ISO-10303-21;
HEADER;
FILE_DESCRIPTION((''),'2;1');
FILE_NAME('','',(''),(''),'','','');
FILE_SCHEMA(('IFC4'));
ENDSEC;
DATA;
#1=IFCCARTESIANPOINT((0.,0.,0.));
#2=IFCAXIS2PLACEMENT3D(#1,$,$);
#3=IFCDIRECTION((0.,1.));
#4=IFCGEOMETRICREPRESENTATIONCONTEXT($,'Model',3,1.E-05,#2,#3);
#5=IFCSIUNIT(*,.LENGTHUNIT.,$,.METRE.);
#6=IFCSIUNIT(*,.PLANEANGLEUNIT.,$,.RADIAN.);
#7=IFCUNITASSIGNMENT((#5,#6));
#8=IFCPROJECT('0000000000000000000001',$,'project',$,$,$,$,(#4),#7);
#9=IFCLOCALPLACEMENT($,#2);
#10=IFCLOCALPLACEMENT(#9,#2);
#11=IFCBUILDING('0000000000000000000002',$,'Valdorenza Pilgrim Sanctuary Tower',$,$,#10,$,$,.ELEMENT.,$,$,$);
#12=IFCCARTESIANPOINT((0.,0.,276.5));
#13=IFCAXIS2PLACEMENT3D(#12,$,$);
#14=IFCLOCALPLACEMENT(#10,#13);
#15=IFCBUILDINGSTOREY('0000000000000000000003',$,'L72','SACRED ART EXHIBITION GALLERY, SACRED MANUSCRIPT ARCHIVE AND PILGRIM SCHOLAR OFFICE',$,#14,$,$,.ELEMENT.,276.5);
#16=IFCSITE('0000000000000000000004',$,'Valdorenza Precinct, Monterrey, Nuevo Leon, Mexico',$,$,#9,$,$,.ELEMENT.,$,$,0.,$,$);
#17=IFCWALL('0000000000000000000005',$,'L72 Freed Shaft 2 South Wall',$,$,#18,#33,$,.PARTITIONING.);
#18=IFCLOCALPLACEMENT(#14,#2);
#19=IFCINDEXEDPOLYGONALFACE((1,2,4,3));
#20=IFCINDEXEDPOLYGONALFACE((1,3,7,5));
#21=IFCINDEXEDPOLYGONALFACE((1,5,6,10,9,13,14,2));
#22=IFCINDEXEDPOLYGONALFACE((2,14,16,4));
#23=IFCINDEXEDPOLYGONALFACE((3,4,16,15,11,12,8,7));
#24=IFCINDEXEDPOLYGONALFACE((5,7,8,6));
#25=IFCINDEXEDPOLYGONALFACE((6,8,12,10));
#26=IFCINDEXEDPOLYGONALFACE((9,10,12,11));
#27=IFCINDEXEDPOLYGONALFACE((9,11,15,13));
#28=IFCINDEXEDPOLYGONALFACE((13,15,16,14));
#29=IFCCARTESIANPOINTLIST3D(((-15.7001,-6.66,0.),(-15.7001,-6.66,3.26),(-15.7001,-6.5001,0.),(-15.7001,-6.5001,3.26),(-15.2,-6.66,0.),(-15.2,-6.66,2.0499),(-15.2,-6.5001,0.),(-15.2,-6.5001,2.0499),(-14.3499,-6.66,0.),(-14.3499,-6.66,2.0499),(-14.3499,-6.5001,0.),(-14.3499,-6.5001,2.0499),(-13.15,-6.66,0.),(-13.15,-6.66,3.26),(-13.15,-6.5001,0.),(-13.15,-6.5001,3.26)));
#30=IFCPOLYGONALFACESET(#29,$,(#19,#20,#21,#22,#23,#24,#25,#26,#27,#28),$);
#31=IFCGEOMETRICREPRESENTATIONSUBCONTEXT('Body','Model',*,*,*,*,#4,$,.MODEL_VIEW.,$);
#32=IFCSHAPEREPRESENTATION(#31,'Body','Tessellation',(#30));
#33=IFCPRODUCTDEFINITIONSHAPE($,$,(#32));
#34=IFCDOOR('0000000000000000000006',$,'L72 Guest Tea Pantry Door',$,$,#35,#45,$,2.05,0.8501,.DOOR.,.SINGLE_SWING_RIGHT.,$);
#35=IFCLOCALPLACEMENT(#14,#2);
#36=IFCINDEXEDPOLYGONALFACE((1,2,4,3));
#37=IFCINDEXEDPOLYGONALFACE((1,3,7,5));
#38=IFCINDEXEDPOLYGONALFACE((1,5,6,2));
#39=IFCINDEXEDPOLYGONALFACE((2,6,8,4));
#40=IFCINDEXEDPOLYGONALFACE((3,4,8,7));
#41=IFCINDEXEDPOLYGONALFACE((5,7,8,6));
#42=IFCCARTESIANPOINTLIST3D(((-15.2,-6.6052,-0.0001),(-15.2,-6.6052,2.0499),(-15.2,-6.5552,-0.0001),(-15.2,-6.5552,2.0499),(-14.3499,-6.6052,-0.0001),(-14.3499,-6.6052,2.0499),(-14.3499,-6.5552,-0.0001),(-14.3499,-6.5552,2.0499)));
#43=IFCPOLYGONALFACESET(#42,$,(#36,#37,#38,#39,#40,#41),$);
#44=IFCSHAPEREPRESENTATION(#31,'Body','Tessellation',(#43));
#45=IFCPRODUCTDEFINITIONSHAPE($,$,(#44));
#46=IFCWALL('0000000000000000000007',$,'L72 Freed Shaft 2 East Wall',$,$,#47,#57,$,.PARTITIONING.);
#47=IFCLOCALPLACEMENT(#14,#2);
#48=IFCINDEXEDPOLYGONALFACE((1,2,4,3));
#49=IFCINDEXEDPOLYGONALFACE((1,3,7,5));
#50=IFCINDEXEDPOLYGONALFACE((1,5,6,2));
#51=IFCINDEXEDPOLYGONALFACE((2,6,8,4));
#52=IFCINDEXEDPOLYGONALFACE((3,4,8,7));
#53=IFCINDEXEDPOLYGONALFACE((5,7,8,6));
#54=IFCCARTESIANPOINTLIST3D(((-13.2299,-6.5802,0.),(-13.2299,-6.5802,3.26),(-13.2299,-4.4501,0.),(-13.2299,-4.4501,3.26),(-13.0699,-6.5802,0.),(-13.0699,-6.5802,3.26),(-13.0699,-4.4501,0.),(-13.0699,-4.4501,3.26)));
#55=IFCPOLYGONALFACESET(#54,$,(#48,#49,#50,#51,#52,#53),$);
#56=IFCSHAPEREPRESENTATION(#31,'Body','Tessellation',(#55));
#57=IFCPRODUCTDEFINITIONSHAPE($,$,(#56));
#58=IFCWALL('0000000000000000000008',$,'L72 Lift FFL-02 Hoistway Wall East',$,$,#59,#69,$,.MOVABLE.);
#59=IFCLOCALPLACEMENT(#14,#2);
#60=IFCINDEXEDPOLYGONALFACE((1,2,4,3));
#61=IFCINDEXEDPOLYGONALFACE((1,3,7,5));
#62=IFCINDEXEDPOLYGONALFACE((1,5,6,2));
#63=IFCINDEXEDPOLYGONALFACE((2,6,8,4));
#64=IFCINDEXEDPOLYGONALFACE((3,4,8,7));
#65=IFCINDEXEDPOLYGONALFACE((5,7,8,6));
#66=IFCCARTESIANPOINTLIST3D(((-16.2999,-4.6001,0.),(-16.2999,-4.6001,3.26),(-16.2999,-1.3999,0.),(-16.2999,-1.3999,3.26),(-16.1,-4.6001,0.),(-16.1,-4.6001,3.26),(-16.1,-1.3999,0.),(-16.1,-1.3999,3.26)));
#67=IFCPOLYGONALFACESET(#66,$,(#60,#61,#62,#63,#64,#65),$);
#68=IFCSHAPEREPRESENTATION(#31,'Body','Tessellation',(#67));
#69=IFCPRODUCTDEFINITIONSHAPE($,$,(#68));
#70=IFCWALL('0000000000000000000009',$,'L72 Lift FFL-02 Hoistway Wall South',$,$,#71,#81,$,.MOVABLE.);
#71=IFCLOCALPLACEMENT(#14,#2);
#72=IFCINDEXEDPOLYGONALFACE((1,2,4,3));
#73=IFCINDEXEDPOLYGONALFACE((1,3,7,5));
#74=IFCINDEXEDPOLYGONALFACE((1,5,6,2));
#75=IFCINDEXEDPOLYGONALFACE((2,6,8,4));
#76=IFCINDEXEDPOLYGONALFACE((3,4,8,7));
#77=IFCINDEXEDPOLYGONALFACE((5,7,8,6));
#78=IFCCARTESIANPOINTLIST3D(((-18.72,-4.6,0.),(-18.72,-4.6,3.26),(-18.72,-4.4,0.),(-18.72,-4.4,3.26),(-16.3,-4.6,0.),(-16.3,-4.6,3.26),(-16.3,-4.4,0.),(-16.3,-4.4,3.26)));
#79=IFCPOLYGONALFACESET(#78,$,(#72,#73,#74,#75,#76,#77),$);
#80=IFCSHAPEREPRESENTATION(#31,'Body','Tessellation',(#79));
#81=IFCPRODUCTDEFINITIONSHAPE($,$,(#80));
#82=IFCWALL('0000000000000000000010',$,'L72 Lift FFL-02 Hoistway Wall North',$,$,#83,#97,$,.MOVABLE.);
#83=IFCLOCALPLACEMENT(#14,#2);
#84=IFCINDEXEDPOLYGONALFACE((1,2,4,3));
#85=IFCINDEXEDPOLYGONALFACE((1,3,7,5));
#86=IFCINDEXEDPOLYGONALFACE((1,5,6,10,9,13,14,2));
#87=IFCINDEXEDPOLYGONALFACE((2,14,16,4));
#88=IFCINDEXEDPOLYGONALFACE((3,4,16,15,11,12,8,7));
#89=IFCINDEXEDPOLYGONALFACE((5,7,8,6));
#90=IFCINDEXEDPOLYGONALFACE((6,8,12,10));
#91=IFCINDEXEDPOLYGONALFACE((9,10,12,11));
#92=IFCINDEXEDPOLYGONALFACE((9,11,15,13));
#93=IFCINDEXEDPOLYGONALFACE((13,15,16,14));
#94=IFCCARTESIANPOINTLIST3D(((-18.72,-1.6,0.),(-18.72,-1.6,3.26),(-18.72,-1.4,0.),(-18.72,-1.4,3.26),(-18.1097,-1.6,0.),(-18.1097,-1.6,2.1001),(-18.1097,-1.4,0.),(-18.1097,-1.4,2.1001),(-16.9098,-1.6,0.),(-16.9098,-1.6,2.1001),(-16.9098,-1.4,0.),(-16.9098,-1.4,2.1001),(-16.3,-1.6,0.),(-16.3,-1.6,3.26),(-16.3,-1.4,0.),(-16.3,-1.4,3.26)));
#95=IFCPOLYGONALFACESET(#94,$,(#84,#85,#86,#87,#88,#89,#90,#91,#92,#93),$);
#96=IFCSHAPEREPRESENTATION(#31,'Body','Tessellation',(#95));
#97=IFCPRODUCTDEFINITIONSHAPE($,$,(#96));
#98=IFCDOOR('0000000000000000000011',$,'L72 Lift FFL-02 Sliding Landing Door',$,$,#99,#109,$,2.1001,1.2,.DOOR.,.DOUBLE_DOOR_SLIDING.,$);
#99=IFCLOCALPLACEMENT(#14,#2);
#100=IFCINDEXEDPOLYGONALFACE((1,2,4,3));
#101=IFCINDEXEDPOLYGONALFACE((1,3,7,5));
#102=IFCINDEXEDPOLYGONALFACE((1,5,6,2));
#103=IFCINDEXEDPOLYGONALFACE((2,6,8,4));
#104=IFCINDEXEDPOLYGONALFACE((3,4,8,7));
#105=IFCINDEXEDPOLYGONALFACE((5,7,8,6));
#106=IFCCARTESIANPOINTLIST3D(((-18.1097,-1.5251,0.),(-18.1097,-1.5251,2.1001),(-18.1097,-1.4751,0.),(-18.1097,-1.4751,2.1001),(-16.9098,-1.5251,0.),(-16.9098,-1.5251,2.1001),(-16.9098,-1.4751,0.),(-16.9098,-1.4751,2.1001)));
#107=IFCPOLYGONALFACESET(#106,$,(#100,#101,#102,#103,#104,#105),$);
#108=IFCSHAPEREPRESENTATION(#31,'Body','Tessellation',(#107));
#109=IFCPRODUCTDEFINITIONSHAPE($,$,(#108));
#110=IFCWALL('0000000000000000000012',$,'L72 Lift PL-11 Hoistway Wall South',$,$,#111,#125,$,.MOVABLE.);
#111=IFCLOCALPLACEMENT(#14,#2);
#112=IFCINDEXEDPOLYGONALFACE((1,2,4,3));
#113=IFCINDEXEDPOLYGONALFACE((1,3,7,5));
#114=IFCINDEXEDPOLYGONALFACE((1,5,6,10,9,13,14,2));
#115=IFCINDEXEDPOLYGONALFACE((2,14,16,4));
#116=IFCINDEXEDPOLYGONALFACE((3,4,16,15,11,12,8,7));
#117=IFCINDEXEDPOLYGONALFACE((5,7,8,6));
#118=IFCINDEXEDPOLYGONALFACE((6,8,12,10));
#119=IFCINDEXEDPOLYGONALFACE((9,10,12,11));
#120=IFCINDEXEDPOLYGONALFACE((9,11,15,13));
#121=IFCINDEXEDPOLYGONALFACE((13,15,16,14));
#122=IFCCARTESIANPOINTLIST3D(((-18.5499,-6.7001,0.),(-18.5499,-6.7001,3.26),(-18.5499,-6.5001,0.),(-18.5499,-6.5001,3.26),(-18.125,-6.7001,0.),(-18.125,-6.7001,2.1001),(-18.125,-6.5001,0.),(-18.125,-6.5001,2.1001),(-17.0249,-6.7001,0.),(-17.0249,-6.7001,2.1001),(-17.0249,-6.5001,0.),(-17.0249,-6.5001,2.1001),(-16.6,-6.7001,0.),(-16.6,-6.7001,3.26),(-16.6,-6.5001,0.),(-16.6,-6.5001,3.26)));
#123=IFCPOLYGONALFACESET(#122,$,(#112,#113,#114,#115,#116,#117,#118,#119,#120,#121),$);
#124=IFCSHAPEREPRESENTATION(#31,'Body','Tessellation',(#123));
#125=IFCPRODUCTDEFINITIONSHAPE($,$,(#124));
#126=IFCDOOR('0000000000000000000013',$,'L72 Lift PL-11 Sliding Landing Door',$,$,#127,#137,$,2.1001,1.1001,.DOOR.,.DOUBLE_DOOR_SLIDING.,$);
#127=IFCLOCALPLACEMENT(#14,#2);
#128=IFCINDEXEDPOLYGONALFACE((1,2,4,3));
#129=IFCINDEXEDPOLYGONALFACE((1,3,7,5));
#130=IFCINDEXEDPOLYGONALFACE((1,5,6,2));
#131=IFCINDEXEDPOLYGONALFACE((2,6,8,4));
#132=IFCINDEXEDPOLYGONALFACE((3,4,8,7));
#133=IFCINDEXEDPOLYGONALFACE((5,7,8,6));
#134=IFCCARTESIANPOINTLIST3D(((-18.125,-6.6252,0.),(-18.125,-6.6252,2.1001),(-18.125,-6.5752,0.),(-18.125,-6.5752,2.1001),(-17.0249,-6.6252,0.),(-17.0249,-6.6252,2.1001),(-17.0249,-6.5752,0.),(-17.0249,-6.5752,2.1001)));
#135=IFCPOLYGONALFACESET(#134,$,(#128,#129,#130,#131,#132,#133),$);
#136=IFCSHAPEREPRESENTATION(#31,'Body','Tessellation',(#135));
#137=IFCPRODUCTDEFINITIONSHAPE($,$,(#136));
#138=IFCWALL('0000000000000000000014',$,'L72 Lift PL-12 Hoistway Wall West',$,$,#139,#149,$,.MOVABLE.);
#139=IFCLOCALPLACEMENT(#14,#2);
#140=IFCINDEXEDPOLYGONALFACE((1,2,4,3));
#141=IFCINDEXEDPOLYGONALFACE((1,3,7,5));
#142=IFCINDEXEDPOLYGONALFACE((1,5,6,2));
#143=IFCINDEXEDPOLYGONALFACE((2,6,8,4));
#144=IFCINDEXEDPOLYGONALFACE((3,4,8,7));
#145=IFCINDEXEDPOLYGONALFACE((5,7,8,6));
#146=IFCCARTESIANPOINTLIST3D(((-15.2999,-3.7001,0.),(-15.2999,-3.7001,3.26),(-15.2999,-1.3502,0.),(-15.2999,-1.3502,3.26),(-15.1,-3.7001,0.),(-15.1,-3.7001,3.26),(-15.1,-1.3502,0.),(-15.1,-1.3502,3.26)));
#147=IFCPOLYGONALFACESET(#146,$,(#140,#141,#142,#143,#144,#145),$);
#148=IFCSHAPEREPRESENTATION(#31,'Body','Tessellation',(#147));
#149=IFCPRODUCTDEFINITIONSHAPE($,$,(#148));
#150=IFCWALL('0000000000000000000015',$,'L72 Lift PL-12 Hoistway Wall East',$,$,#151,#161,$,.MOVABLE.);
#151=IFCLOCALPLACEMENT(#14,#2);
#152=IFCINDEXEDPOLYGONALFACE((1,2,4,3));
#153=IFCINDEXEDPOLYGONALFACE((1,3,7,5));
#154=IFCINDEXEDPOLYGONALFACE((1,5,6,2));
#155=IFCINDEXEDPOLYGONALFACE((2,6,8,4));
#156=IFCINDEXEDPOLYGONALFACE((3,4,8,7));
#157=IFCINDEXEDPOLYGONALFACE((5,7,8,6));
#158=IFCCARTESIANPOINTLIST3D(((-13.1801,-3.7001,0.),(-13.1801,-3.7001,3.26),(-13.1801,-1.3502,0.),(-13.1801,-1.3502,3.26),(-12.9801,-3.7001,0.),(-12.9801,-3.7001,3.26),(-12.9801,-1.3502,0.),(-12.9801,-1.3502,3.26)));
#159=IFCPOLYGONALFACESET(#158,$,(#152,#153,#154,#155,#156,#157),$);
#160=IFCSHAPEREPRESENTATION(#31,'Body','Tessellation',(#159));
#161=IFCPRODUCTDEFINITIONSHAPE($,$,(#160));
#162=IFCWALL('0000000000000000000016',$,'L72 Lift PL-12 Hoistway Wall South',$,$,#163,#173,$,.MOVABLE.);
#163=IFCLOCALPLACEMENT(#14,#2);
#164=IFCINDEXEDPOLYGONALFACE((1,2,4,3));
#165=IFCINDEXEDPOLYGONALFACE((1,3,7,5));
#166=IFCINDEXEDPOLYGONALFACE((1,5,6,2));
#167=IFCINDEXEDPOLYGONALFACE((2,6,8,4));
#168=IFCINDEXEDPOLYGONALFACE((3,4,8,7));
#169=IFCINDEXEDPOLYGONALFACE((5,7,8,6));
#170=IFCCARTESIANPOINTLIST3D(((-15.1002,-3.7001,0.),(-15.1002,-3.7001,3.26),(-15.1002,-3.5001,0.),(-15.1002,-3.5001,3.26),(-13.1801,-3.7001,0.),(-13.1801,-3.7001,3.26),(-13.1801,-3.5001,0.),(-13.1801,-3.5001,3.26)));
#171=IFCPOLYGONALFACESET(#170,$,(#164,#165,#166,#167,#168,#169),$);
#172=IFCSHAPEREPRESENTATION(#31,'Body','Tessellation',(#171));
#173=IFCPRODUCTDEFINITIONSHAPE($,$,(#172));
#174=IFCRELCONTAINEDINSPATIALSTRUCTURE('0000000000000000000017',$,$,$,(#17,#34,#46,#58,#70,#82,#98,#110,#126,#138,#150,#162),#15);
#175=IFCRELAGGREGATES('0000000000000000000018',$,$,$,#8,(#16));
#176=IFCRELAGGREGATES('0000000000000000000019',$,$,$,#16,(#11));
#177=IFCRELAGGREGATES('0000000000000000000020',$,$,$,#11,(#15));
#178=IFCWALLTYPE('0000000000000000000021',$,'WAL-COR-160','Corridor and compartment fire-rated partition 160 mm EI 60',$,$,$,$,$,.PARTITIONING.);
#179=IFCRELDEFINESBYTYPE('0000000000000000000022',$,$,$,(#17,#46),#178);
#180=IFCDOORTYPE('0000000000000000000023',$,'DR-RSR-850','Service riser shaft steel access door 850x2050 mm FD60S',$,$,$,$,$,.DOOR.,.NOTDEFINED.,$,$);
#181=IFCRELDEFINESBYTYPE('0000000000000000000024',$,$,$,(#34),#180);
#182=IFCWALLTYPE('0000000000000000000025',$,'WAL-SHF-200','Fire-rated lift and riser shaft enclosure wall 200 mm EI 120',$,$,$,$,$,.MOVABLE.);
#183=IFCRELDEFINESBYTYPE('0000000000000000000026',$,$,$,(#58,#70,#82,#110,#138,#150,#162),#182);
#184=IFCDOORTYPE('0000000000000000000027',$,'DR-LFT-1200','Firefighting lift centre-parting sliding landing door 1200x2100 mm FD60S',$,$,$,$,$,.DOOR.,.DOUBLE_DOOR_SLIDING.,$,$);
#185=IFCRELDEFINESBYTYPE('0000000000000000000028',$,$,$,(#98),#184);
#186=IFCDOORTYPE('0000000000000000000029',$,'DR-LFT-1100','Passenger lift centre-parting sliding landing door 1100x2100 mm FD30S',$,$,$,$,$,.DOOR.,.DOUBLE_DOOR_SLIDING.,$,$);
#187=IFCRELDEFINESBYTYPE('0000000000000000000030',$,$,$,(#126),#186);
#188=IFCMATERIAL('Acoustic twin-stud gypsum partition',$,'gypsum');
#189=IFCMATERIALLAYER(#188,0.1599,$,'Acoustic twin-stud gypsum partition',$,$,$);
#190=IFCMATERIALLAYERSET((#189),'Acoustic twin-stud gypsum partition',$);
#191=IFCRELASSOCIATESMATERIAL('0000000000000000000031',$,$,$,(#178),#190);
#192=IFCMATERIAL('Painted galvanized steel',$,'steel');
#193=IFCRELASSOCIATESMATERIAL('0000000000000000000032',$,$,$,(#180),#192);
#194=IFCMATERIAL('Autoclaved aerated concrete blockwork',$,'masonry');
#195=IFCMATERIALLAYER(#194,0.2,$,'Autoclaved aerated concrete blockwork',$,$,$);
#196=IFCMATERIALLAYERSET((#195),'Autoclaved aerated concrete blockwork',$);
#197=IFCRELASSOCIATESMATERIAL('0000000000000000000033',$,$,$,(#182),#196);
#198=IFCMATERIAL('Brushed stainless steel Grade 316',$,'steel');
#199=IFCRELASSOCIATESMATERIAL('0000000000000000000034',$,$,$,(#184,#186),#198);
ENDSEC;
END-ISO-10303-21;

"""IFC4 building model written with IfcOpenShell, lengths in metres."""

from ifc_helpers import new_model, si_unit, direction, frame, frame_2d, origin, place, context, subcontext, project, spatial, rectangle, extrude, material, layer, layer_set, type_object, element, fill, save


model = new_model("IFC4")

# Units and contexts
model_context = context("Model", 3, precision=1e-05, world=origin(), true_north=direction((0.0, 1.0)))
body_context = subcontext(model_context, "Body", "Model", "MODEL_VIEW")
ifc_project = project(units=[si_unit("LENGTHUNIT", "METRE"), si_unit("PLANEANGLEUNIT", "RADIAN")], contexts=[model_context])

# Site, building, storey
site_placement = place(None, origin())
site = spatial("IfcSite", under=ifc_project, at=site_placement, Name="Valdorenza Precinct, Monterrey, Nuevo Leon, Mexico", CompositionType="ELEMENT", RefElevation=0.0)
building_placement = place(site_placement, origin())
building = spatial("IfcBuilding", under=site, at=building_placement, Name="Valdorenza Pilgrim Sanctuary Tower", CompositionType="ELEMENT")
storey_placement = place(building_placement, frame((0.0, 0.0, 276.5)))
storey = spatial("IfcBuildingStorey", under=building, at=storey_placement, Name="L72", Description="SACRED ART EXHIBITION GALLERY, SACRED MANUSCRIPT ARCHIVE AND PILGRIM SCHOLAR OFFICE", CompositionType="ELEMENT", Elevation=276.5)

# Wall, opening, door
ifc_material_1 = material(Name="Acoustic twin-stud gypsum partition", Category="gypsum")
ifc_layer_1 = layer(ifc_material_1, 0.1599, Name="Acoustic twin-stud gypsum partition")
ifc_layer_set_1 = layer_set([ifc_layer_1], Name="Acoustic twin-stud gypsum partition")
wall_type_1 = type_object("IfcWallType", Name="WAL-COR-160", Description="Corridor and compartment fire-rated partition 160 mm EI 60", PredefinedType="PARTITIONING", material=ifc_layer_set_1)
wall_1_placement = place(storey_placement, frame((-15.7, -6.5801, 0.0), z_axis=(0.0, 0.0, 1.0), x_axis=(1.0, 0.0, 0.0)))
wall_1 = element("IfcWall", 1, at=wall_1_placement, inside=storey, type_object=wall_type_1, Name="L72 Freed Shaft 2 South Wall", PredefinedType="PARTITIONING", context=body_context, shape_type="SweptSolid", body=[
    extrude(rectangle(XDim=2.55, YDim=0.1599, at=frame_2d((1.2749, 0.0))), origin(), (0.0, 0.0, 1.0), 3.26),
])
opening_1_placement = place(wall_1_placement, frame((0.5, 0.0, 0.0)))
opening_1 = element("IfcOpeningElement", 2, at=opening_1_placement, cuts=wall_1, PredefinedType="OPENING", context=body_context, shape_type="SweptSolid", body=[
    extrude(rectangle(XDim=0.8501, YDim=2.05, at=frame_2d((0.425, 1.0249))), frame((0.0, 0.0947, 0.0), z_axis=(0.0, -1.0, 0.0), x_axis=(1.0, 0.0, 0.0)), (0.0, 0.0, 1.0), 0.1897),
])
ifc_material_2 = material(Name="Painted galvanized steel", Category="steel")
door_type_1 = type_object("IfcDoorType", Name="DR-RSR-850", Description="Service riser shaft steel access door 850x2050 mm FD60S", OperationType="NOTDEFINED", PredefinedType="DOOR", material=ifc_material_2)
door_1_placement = place(opening_1_placement, origin())
door_1 = element("IfcDoor", 3, at=door_1_placement, inside=storey, type_object=door_type_1, Name="L72 Guest Tea Pantry Door", OperationType="SINGLE_SWING_RIGHT", OverallHeight=2.05, OverallWidth=0.8501, PredefinedType="DOOR", context=body_context, shape_type="SweptSolid", body=[
    extrude(rectangle(XDim=0.8501, YDim=2.05, at=frame_2d((0.425, 1.0249))), frame((0.0, 0.0249, 0.0), z_axis=(0.0, -1.0, 0.0), x_axis=(1.0, 0.0, 0.0)), (0.0, 0.0, 1.0), 0.05),
])
fill(opening_1, door_1)

# Wall
wall_2_placement = place(storey_placement, frame((-13.1499, -6.5801, 0.0), z_axis=(0.0, 0.0, 1.0), x_axis=(0.0, 1.0, 0.0)))
element("IfcWall", 4, at=wall_2_placement, inside=storey, type_object=wall_type_1, Name="L72 Freed Shaft 2 East Wall", PredefinedType="PARTITIONING", context=body_context, shape_type="SweptSolid", body=[
    extrude(rectangle(XDim=2.1301, YDim=0.1599, at=frame_2d((1.0649, 0.0))), origin(), (0.0, 0.0, 1.0), 3.26),
])

# Walls
ifc_material_3 = material(Name="Autoclaved aerated concrete blockwork", Category="masonry")
ifc_layer_2 = layer(ifc_material_3, 0.2, Name="Autoclaved aerated concrete blockwork")
ifc_layer_set_2 = layer_set([ifc_layer_2], Name="Autoclaved aerated concrete blockwork")
wall_type_2 = type_object("IfcWallType", Name="WAL-SHF-200", Description="Fire-rated lift and riser shaft enclosure wall 200 mm EI 120", PredefinedType="MOVABLE", material=ifc_layer_set_2)
wall_3_placement = place(storey_placement, frame((-16.2, -4.6001, 0.0), z_axis=(0.0, 0.0, 1.0), x_axis=(0.0, 1.0, 0.0)))
element("IfcWall", 5, at=wall_3_placement, inside=storey, type_object=wall_type_2, Name="L72 Lift FFL-02 Hoistway Wall East", PredefinedType="MOVABLE", context=body_context, shape_type="SweptSolid", body=[
    extrude(rectangle(XDim=3.2002, YDim=0.2, at=frame_2d((1.6001, 0.0))), origin(), (0.0, 0.0, 1.0), 3.26),
])
wall_4_placement = place(storey_placement, frame((-18.72, -4.5, 0.0), z_axis=(0.0, 0.0, 1.0), x_axis=(1.0, 0.0, 0.0)))
element("IfcWall", 6, at=wall_4_placement, inside=storey, type_object=wall_type_2, Name="L72 Lift FFL-02 Hoistway Wall South", PredefinedType="MOVABLE", context=body_context, shape_type="SweptSolid", body=[
    extrude(rectangle(XDim=2.4199, YDim=0.2, at=frame_2d((1.21, 0.0))), origin(), (0.0, 0.0, 1.0), 3.26),
])

# Walls, openings, doors
wall_5_placement = place(storey_placement, frame((-18.72, -1.5, 0.0), z_axis=(0.0, 0.0, 1.0), x_axis=(1.0, 0.0, 0.0)))
wall_5 = element("IfcWall", 7, at=wall_5_placement, inside=storey, type_object=wall_type_2, Name="L72 Lift FFL-02 Hoistway Wall North", PredefinedType="MOVABLE", context=body_context, shape_type="SweptSolid", body=[
    extrude(rectangle(XDim=2.4199, YDim=0.2, at=frame_2d((1.21, 0.0))), origin(), (0.0, 0.0, 1.0), 3.26),
])
opening_2_placement = place(wall_5_placement, frame((0.6101, 0.0, 0.0)))
opening_2 = element("IfcOpeningElement", 8, at=opening_2_placement, cuts=wall_5, PredefinedType="OPENING", context=body_context, shape_type="SweptSolid", body=[
    extrude(rectangle(XDim=1.2, YDim=2.1001, at=frame_2d((0.6001, 1.05))), frame((0.0, 0.1147, 0.0), z_axis=(0.0, -1.0, 0.0), x_axis=(1.0, 0.0, 0.0)), (0.0, 0.0, 1.0), 0.2297),
])
ifc_material_4 = material(Name="Brushed stainless steel Grade 316", Category="steel")
door_type_2 = type_object("IfcDoorType", Name="DR-LFT-1200", Description="Firefighting lift centre-parting sliding landing door 1200x2100 mm FD60S", OperationType="DOUBLE_DOOR_SLIDING", PredefinedType="DOOR", material=ifc_material_4)
door_2_placement = place(opening_2_placement, origin())
door_2 = element("IfcDoor", 9, at=door_2_placement, inside=storey, type_object=door_type_2, Name="L72 Lift FFL-02 Sliding Landing Door", OperationType="DOUBLE_DOOR_SLIDING", OverallHeight=2.1001, OverallWidth=1.2, PredefinedType="DOOR", context=body_context, shape_type="SweptSolid", body=[
    extrude(rectangle(XDim=1.2, YDim=2.1001, at=frame_2d((0.6001, 1.05))), frame((0.0, 0.0249, 0.0), z_axis=(0.0, -1.0, 0.0), x_axis=(1.0, 0.0, 0.0)), (0.0, 0.0, 1.0), 0.05),
])
fill(opening_2, door_2)
wall_6_placement = place(storey_placement, frame((-18.55, -6.6001, 0.0), z_axis=(0.0, 0.0, 1.0), x_axis=(1.0, 0.0, 0.0)))
wall_6 = element("IfcWall", 10, at=wall_6_placement, inside=storey, type_object=wall_type_2, Name="L72 Lift PL-11 Hoistway Wall South", PredefinedType="MOVABLE", context=body_context, shape_type="SweptSolid", body=[
    extrude(rectangle(XDim=1.95, YDim=0.2, at=frame_2d((0.9751, 0.0))), origin(), (0.0, 0.0, 1.0), 3.26),
])
opening_3_placement = place(wall_6_placement, frame((0.425, 0.0, 0.0)))
opening_3 = element("IfcOpeningElement", 11, at=opening_3_placement, cuts=wall_6, PredefinedType="OPENING", context=body_context, shape_type="SweptSolid", body=[
    extrude(rectangle(XDim=1.1001, YDim=2.1001, at=frame_2d((0.55, 1.05))), frame((0.0, 0.1147, 0.0), z_axis=(0.0, -1.0, 0.0), x_axis=(1.0, 0.0, 0.0)), (0.0, 0.0, 1.0), 0.2297),
])
door_type_3 = type_object("IfcDoorType", Name="DR-LFT-1100", Description="Passenger lift centre-parting sliding landing door 1100x2100 mm FD30S", OperationType="DOUBLE_DOOR_SLIDING", PredefinedType="DOOR", material=ifc_material_4)
door_3_placement = place(opening_3_placement, origin())
door_3 = element("IfcDoor", 12, at=door_3_placement, inside=storey, type_object=door_type_3, Name="L72 Lift PL-11 Sliding Landing Door", OperationType="DOUBLE_DOOR_SLIDING", OverallHeight=2.1001, OverallWidth=1.1001, PredefinedType="DOOR", context=body_context, shape_type="SweptSolid", body=[
    extrude(rectangle(XDim=1.1001, YDim=2.1001, at=frame_2d((0.55, 1.05))), frame((0.0, 0.0249, 0.0), z_axis=(0.0, -1.0, 0.0), x_axis=(1.0, 0.0, 0.0)), (0.0, 0.0, 1.0), 0.05),
])
fill(opening_3, door_3)

# Walls
for number, where, z_axis, x_axis, name in (
    (13, (-15.2, -3.7, 0.0), (0.0, 0.0, 1.0), (0.0, 1.0, 0.0), "L72 Lift PL-12 Hoistway Wall West"),
    (14, (-13.0801, -3.7, 0.0), (0.0, 0.0, 1.0), (0.0, 1.0, 0.0), "L72 Lift PL-12 Hoistway Wall East"),
):
    element("IfcWall", number, at=place(storey_placement, frame(where, z_axis=z_axis, x_axis=x_axis)), inside=storey, type_object=wall_type_2, Name=name, PredefinedType="MOVABLE", context=body_context, shape_type="SweptSolid", body=[
        extrude(rectangle(XDim=2.3499, YDim=0.2, at=frame_2d((1.1748, 0.0))), origin(), (0.0, 0.0, 1.0), 3.26),
    ])
wall_7_placement = place(storey_placement, frame((-15.1001, -3.6001, 0.0), z_axis=(0.0, 0.0, 1.0), x_axis=(1.0, 0.0, 0.0)))
element("IfcWall", 15, at=wall_7_placement, inside=storey, type_object=wall_type_2, Name="L72 Lift PL-12 Hoistway Wall South", PredefinedType="MOVABLE", context=body_context, shape_type="SweptSolid", body=[
    extrude(rectangle(XDim=1.9202, YDim=0.2, at=frame_2d((0.96, 0.0))), origin(), (0.0, 0.0, 1.0), 3.26),
])

save(model, "model.ifc")
